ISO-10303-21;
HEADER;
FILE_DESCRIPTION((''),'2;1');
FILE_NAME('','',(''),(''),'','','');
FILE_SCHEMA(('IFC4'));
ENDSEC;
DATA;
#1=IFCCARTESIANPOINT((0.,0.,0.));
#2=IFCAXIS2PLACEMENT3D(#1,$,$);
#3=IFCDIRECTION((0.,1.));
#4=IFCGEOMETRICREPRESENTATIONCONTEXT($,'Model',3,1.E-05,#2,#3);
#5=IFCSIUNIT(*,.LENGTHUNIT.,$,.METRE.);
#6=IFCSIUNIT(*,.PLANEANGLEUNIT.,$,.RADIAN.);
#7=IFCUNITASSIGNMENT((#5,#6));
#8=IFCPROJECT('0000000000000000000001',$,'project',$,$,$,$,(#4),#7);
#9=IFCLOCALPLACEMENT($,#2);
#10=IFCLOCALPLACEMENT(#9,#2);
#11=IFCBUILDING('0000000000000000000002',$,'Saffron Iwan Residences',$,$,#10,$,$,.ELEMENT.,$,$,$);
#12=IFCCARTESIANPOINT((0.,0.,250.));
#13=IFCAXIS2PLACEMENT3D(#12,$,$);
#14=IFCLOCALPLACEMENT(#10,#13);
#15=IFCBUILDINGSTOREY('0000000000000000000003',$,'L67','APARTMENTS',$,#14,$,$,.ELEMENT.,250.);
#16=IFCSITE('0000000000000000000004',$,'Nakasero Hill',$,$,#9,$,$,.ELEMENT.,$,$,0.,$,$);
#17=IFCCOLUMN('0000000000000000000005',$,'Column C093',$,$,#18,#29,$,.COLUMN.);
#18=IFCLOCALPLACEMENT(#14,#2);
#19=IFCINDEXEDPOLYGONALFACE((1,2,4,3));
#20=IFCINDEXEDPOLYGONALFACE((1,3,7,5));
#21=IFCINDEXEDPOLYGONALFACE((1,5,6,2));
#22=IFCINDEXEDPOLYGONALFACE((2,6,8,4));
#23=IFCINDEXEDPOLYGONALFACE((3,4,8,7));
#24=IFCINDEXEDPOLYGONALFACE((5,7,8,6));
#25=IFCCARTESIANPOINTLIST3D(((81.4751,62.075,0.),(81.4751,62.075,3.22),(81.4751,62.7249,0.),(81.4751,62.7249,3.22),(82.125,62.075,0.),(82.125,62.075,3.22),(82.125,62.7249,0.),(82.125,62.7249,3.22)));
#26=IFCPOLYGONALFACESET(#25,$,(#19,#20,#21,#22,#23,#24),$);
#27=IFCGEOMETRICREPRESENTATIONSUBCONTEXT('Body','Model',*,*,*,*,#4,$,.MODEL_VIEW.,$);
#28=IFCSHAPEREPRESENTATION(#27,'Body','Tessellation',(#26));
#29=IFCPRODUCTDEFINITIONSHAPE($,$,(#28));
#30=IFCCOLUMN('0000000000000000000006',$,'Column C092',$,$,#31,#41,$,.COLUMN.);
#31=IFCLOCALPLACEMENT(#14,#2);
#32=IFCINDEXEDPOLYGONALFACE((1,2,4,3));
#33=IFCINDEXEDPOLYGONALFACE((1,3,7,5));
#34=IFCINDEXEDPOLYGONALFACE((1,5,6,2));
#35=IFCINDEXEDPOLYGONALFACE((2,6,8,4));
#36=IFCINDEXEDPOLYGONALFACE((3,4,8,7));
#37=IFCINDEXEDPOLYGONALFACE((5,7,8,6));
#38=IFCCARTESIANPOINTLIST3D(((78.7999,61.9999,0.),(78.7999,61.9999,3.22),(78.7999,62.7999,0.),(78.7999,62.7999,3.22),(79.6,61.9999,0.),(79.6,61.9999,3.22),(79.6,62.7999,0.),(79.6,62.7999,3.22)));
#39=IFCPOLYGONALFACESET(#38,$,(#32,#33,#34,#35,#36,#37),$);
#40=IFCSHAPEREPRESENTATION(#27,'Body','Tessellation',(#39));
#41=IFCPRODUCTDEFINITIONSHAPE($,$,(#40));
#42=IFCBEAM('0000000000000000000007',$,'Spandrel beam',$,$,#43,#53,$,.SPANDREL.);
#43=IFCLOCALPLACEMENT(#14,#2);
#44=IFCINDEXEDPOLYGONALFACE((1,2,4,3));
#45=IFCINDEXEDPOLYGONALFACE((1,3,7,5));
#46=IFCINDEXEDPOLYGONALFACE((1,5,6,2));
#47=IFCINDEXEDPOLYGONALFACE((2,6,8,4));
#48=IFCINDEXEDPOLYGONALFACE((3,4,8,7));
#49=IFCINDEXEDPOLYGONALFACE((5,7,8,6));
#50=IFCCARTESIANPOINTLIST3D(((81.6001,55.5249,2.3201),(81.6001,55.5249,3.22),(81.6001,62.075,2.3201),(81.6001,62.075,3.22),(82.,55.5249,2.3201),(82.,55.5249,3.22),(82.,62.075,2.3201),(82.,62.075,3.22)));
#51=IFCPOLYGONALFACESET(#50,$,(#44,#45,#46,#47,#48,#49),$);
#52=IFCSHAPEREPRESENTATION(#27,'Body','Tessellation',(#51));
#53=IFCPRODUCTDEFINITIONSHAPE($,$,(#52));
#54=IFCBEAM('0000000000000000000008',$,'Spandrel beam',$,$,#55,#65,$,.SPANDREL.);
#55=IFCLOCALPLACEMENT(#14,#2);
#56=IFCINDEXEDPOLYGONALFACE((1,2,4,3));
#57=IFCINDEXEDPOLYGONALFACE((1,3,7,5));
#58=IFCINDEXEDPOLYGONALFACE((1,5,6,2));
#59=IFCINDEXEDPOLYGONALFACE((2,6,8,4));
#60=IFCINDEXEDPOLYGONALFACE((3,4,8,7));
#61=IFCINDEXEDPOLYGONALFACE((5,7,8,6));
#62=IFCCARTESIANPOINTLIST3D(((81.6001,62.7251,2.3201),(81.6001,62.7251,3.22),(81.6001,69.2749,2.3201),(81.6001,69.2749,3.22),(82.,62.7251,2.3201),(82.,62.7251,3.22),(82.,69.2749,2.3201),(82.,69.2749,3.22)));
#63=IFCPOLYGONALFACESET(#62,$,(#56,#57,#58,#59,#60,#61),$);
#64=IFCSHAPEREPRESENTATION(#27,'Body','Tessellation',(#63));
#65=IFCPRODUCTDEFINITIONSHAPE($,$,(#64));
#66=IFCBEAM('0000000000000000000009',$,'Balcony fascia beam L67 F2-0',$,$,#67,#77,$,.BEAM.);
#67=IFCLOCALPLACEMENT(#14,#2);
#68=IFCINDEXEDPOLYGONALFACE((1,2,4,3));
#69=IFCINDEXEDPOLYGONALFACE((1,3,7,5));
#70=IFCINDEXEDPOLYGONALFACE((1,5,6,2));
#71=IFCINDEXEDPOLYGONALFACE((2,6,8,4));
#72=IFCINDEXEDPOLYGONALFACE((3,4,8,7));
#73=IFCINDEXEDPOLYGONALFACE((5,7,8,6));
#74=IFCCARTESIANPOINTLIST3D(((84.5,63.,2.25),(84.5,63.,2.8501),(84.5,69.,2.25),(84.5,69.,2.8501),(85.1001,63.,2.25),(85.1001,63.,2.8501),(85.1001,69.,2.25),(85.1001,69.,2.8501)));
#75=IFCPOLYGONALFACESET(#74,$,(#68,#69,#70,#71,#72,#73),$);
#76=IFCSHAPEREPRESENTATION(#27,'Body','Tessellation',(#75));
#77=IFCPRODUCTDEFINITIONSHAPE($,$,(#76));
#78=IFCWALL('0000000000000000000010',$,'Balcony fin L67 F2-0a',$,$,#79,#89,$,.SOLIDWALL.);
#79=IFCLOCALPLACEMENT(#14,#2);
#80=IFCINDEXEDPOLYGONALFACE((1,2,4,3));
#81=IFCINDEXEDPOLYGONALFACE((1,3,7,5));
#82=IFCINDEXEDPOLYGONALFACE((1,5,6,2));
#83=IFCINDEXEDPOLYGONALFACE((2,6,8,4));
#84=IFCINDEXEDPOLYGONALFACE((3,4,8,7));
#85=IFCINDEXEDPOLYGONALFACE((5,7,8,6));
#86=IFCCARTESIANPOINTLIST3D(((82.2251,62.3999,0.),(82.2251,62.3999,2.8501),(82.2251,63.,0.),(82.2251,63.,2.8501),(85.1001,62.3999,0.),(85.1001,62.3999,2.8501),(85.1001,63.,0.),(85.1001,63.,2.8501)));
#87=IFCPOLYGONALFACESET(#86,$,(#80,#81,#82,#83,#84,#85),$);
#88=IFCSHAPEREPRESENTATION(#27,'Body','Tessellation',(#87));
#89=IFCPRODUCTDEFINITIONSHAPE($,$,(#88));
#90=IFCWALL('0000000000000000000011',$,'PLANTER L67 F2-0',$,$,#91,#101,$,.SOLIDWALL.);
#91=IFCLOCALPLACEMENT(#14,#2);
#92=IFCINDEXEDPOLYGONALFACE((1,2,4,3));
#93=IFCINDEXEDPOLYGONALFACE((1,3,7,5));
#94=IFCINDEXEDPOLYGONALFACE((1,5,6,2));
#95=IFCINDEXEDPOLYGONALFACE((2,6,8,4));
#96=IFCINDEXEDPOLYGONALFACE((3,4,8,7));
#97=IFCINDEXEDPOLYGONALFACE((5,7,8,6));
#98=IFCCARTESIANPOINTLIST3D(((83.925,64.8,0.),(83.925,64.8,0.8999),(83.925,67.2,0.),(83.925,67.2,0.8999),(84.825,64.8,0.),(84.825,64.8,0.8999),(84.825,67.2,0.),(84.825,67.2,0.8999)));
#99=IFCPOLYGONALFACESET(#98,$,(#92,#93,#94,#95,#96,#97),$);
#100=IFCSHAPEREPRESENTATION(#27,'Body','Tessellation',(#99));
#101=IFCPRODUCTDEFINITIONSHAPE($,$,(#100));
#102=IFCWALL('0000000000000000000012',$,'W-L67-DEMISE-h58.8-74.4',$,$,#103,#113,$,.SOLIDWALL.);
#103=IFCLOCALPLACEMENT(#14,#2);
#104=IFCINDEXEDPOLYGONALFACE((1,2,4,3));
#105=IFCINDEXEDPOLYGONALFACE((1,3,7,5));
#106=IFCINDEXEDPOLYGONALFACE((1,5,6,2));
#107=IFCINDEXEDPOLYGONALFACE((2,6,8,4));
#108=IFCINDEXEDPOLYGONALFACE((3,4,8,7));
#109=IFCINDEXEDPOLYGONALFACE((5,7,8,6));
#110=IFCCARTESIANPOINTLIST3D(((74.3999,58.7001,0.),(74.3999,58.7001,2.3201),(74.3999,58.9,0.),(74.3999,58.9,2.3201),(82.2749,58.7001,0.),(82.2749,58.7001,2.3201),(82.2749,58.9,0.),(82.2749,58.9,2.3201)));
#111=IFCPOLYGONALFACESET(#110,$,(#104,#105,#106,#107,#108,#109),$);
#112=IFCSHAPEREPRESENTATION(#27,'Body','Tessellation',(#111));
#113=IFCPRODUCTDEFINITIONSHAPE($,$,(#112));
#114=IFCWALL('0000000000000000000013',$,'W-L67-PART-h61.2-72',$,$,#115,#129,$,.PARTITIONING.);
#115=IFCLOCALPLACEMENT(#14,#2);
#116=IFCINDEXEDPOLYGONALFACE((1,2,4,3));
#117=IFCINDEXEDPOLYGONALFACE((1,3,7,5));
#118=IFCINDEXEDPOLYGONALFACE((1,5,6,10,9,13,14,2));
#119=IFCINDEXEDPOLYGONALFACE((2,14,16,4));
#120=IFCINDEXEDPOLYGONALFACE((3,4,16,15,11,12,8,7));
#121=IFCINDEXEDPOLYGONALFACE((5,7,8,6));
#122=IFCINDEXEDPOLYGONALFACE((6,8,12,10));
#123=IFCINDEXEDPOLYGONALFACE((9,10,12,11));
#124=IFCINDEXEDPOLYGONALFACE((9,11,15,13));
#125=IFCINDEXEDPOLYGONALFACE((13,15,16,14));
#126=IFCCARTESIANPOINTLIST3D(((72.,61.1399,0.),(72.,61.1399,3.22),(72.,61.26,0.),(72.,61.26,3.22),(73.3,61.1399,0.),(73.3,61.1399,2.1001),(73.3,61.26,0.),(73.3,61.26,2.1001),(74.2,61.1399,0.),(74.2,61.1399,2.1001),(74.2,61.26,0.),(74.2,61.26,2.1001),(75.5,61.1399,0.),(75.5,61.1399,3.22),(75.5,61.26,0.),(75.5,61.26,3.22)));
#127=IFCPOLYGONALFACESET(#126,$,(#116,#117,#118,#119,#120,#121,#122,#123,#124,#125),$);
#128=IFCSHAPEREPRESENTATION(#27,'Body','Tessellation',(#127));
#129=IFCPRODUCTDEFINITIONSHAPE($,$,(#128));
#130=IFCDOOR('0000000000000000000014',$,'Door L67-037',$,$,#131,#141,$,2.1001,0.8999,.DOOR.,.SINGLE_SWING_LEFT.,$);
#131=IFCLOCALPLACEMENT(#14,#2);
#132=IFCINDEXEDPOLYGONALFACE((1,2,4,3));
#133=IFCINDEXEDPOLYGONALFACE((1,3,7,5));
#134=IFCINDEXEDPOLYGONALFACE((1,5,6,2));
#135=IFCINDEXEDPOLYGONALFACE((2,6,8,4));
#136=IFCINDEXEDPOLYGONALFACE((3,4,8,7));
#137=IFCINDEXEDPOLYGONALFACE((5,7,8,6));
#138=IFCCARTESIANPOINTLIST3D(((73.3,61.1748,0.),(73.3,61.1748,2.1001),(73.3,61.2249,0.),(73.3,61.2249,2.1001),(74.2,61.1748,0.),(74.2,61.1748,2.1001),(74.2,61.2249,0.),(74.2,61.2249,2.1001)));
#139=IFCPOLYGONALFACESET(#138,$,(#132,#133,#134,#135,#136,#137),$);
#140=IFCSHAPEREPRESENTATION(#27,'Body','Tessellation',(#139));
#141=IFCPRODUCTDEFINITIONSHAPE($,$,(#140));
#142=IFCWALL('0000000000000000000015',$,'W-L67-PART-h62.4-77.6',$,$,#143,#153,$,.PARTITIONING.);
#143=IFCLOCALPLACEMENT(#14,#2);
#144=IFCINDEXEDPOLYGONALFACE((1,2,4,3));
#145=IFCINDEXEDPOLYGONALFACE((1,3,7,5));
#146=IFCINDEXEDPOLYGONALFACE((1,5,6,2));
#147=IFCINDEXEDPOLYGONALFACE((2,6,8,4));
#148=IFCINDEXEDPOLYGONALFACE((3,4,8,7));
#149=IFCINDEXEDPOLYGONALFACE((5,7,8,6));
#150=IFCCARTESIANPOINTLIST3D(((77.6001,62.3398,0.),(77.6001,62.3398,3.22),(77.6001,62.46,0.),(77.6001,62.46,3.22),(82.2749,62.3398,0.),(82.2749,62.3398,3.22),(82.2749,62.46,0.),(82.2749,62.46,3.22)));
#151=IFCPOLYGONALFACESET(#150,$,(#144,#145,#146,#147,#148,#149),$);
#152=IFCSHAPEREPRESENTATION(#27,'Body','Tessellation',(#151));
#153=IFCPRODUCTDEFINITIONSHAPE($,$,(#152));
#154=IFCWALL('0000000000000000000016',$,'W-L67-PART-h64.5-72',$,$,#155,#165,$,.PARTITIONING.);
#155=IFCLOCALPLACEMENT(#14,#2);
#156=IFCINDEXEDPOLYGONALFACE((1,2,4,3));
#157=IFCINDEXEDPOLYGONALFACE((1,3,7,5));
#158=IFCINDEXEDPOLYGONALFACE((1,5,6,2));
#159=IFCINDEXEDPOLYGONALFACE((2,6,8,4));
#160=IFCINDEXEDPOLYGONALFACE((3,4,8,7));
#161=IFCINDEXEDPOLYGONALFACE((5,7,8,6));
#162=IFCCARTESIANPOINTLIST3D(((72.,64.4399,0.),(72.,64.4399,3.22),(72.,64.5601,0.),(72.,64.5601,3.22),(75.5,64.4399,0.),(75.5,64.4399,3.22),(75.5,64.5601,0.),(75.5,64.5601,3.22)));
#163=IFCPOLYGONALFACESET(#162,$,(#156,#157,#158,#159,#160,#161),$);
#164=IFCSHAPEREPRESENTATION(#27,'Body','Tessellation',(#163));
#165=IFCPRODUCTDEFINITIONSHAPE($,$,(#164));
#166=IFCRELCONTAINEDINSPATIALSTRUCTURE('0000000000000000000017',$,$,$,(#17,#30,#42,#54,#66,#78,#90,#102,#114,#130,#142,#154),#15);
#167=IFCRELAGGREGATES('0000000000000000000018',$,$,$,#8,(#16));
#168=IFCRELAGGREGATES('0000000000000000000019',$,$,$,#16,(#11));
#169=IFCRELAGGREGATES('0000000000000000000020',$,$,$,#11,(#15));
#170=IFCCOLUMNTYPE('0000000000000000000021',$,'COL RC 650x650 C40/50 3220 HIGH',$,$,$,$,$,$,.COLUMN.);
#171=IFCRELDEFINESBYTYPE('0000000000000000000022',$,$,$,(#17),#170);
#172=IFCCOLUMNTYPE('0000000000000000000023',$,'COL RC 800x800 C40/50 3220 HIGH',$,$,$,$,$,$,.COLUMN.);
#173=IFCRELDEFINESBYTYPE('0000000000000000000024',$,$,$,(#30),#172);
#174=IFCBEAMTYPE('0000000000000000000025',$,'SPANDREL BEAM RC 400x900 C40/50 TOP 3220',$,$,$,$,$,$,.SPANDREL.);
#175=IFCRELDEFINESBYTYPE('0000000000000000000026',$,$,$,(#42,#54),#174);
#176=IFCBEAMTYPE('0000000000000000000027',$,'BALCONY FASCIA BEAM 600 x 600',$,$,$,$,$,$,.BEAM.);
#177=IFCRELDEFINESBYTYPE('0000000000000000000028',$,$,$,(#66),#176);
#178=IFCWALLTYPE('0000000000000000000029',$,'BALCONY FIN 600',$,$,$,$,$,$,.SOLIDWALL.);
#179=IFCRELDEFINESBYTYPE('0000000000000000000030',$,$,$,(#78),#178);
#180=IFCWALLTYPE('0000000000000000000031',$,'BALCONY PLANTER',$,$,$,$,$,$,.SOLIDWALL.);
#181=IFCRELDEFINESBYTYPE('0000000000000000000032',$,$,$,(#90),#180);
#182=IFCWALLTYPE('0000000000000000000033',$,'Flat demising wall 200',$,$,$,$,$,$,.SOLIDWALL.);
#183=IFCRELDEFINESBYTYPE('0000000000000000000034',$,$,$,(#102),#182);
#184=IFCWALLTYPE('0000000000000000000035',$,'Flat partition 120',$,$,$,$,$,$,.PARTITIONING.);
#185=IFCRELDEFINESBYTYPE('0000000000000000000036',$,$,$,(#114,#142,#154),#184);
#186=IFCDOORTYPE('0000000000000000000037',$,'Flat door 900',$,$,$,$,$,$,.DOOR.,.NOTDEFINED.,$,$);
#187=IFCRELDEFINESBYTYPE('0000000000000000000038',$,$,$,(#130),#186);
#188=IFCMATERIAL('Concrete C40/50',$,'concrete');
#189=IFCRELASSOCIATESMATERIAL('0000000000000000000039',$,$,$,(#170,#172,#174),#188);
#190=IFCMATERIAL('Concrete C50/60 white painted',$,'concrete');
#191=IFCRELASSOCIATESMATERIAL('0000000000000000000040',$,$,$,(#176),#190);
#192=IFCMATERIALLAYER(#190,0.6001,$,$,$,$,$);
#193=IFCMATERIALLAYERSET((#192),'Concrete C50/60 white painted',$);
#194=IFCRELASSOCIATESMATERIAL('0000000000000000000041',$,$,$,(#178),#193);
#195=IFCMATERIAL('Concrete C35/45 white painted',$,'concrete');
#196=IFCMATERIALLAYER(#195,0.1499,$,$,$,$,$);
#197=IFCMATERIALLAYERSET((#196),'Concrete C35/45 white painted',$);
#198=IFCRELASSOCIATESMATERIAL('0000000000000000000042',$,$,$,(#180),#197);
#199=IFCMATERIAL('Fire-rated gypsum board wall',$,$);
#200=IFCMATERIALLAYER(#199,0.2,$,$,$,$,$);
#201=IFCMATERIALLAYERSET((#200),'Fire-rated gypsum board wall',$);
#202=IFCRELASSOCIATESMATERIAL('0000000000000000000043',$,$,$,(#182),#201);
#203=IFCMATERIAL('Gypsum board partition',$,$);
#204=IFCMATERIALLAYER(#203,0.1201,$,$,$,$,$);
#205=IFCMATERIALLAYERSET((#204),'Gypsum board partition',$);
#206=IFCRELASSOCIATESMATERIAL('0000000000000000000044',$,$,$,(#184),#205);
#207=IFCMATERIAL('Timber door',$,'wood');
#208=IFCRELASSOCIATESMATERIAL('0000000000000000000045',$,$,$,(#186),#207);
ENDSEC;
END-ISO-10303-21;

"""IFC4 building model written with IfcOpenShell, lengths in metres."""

from ifc_helpers import new_model, si_unit, direction, frame, frame_2d, origin, origin_2d, place, context, subcontext, project, spatial, rectangle, extrude, source, transform, mapped, material, layer, layer_set, material_profile, profile_set, type_object, element, fill, save


model = new_model("IFC4")

# Units and contexts
model_context = context("Model", 3, precision=1e-05, world=origin(), true_north=direction((0.0, 1.0)))
body_context = subcontext(model_context, "Body", "Model", "MODEL_VIEW")
ifc_project = project(units=[si_unit("LENGTHUNIT", "METRE"), si_unit("PLANEANGLEUNIT", "RADIAN")], contexts=[model_context])

# Site, building, storey
site_placement = place(None, origin())
site = spatial("IfcSite", under=ifc_project, at=site_placement, Name="Nakasero Hill", CompositionType="ELEMENT", RefElevation=0.0)
building_placement = place(site_placement, origin())
building = spatial("IfcBuilding", under=site, at=building_placement, Name="Saffron Iwan Residences", CompositionType="ELEMENT")
storey_placement = place(building_placement, frame((0.0, 0.0, 250.0)))
storey = spatial("IfcBuildingStorey", under=building, at=storey_placement, Name="L67", Description="APARTMENTS", CompositionType="ELEMENT", Elevation=250.0)

# Columns
ifc_material_1 = material(Name="Concrete C40/50", Category="concrete")
ifc_material_profile_1 = material_profile(ifc_material_1, rectangle(XDim=0.6499, YDim=0.6499, at=origin_2d()), Name="RC 650x650")
ifc_profile_set_1 = profile_set([ifc_material_profile_1], Name="Concrete C40/50")
column_type_1 = type_object("IfcColumnType", Name="COL RC 650x650 C40/50 3220 HIGH", PredefinedType="COLUMN", material=ifc_profile_set_1)
shared_shape_1 = source(origin(), body_context, "Body", "SweptSolid", [
    extrude(rectangle(XDim=0.6499, YDim=0.6499, at=origin_2d()), origin(), (0.0, 0.0, 1.0), 3.22),
])
column_1_placement = place(storey_placement, frame((81.8, 62.3999, 0.0), z_axis=(0.0, 0.0, 1.0), x_axis=(1.0, 0.0, 0.0)))
element("IfcColumn", 1, at=column_1_placement, inside=storey, type_object=column_type_1, Name="Column C093", PredefinedType="COLUMN", context=body_context, shape_type="MappedRepresentation", body=[
    mapped(shared_shape_1, transform((0.0, 0.0, 0.0))),
])
ifc_material_profile_2 = material_profile(ifc_material_1, rectangle(XDim=0.8, YDim=0.8, at=origin_2d()), Name="RC 800x800")
ifc_profile_set_2 = profile_set([ifc_material_profile_2], Name="Concrete C40/50")
column_type_2 = type_object("IfcColumnType", Name="COL RC 800x800 C40/50 3220 HIGH", PredefinedType="COLUMN", material=ifc_profile_set_2)
shared_shape_2 = source(origin(), body_context, "Body", "SweptSolid", [
    extrude(rectangle(XDim=0.8, YDim=0.8, at=origin_2d()), origin(), (0.0, 0.0, 1.0), 3.22),
])
column_2_placement = place(storey_placement, frame((79.2, 62.3999, 0.0), z_axis=(0.0, 0.0, 1.0), x_axis=(1.0, 0.0, 0.0)))
element("IfcColumn", 2, at=column_2_placement, inside=storey, type_object=column_type_2, Name="Column C092", PredefinedType="COLUMN", context=body_context, shape_type="MappedRepresentation", body=[
    mapped(shared_shape_2, transform((0.0, 0.0, 0.0))),
])

# Beams
ifc_material_profile_3 = material_profile(ifc_material_1, rectangle(XDim=0.3999, YDim=0.8999, at=origin_2d()), Name="RC 400x900")
ifc_profile_set_3 = profile_set([ifc_material_profile_3], Name="Concrete C40/50")
beam_type_1 = type_object("IfcBeamType", Name="SPANDREL BEAM RC 400x900 C40/50 TOP 3220", PredefinedType="SPANDREL", material=ifc_profile_set_3)
shared_shape_3 = source(origin(), body_context, "Body", "SweptSolid", [
    extrude(rectangle(XDim=0.3999, YDim=0.8999, at=origin_2d()), origin(), (0.0, 0.0, 1.0), 6.55),
])
beam_1_placement = place(storey_placement, frame((81.8, 62.075, 2.77), z_axis=(0.0, -1.0, 0.0), x_axis=(1.0, 0.0, 0.0)))
element("IfcBeam", 3, at=beam_1_placement, inside=storey, type_object=beam_type_1, Name="Spandrel beam", PredefinedType="SPANDREL", context=body_context, shape_type="MappedRepresentation", body=[
    mapped(shared_shape_3, transform((0.0, 0.0, 0.0))),
])
shared_shape_4 = source(origin(), body_context, "Body", "SweptSolid", [
    extrude(rectangle(XDim=0.3999, YDim=0.8999, at=origin_2d()), origin(), (0.0, 0.0, 1.0), 6.5498),
])
beam_2_placement = place(storey_placement, frame((81.8, 69.2749, 2.77), z_axis=(0.0, -1.0, 0.0), x_axis=(1.0, 0.0, 0.0)))
element("IfcBeam", 4, at=beam_2_placement, inside=storey, type_object=beam_type_1, Name="Spandrel beam", PredefinedType="SPANDREL", context=body_context, shape_type="MappedRepresentation", body=[
    mapped(shared_shape_4, transform((0.0, 0.0, 0.0))),
])
ifc_material_2 = material(Name="Concrete C50/60 white painted", Category="concrete")
ifc_material_profile_4 = material_profile(ifc_material_2, rectangle(XDim=0.6001, YDim=0.6001, at=origin_2d()), Name="BALCONY FASCIA BEAM 600 x 600")
ifc_profile_set_4 = profile_set([ifc_material_profile_4], Name="Concrete C50/60 white painted")
beam_type_2 = type_object("IfcBeamType", Name="BALCONY FASCIA BEAM 600 x 600", PredefinedType="BEAM", material=ifc_profile_set_4)
shared_shape_5 = source(origin(), body_context, "Body", "SweptSolid", [
    extrude(rectangle(XDim=0.6001, YDim=0.6001, at=origin_2d()), origin(), (0.0, 0.0, 1.0), 6.0),
])
beam_3_placement = place(storey_placement, frame((84.8, 63.0, 2.55), z_axis=(0.0, 1.0, 0.0), x_axis=(-1.0, 0.0, 0.0)))
element("IfcBeam", 5, at=beam_3_placement, inside=storey, type_object=beam_type_2, Name="Balcony fascia beam L67 F2-0", PredefinedType="BEAM", context=body_context, shape_type="MappedRepresentation", body=[
    mapped(shared_shape_5, transform((0.0, 0.0, 0.0))),
])

# Walls
ifc_layer_1 = layer(ifc_material_2, 0.6001)
ifc_layer_set_1 = layer_set([ifc_layer_1], Name="Concrete C50/60 white painted")
wall_type_1 = type_object("IfcWallType", Name="BALCONY FIN 600", PredefinedType="SOLIDWALL", material=ifc_layer_set_1)
wall_1_placement = place(storey_placement, frame((82.2251, 62.7, 0.0), z_axis=(0.0, 0.0, 1.0), x_axis=(1.0, 0.0, 0.0)))
element("IfcWall", 6, at=wall_1_placement, inside=storey, type_object=wall_type_1, Name="Balcony fin L67 F2-0a", PredefinedType="SOLIDWALL", context=body_context, shape_type="SweptSolid", body=[
    extrude(rectangle(XDim=2.875, YDim=0.6001, at=frame_2d((1.4375, 0.0))), origin(), (0.0, 0.0, 1.0), 2.8501),
])
ifc_material_3 = material(Name="Concrete C35/45 white painted", Category="concrete")
ifc_layer_2 = layer(ifc_material_3, 0.1499)
ifc_layer_set_2 = layer_set([ifc_layer_2], Name="Concrete C35/45 white painted")
wall_type_2 = type_object("IfcWallType", Name="BALCONY PLANTER", PredefinedType="SOLIDWALL", material=ifc_layer_set_2)
wall_2_placement = place(storey_placement, frame((84.375, 64.8, 0.0), z_axis=(0.0, 0.0, 1.0), x_axis=(0.0, 1.0, 0.0)))
element("IfcWall", 7, at=wall_2_placement, inside=storey, type_object=wall_type_2, Name="PLANTER L67 F2-0", PredefinedType="SOLIDWALL", context=body_context, shape_type="SweptSolid", body=[
    extrude(rectangle(XDim=2.3999, YDim=0.8999, at=frame_2d((1.2, 0.0))), origin(), (0.0, 0.0, 1.0), 0.8999),
])

# Wall
ifc_material_4 = material(Name="Fire-rated gypsum board wall")
ifc_layer_3 = layer(ifc_material_4, 0.2)
ifc_layer_set_3 = layer_set([ifc_layer_3], Name="Fire-rated gypsum board wall")
wall_type_3 = type_object("IfcWallType", Name="Flat demising wall 200", PredefinedType="SOLIDWALL", material=ifc_layer_set_3)
wall_3_placement = place(storey_placement, frame((74.3999, 58.8, 0.0), z_axis=(0.0, 0.0, 1.0), x_axis=(1.0, 0.0, 0.0)))
element("IfcWall", 8, at=wall_3_placement, inside=storey, type_object=wall_type_3, Name="W-L67-DEMISE-h58.8-74.4", PredefinedType="SOLIDWALL", context=body_context, shape_type="SweptSolid", body=[
    extrude(rectangle(XDim=7.875, YDim=0.2, at=frame_2d((3.9375, 0.0))), origin(), (0.0, 0.0, 1.0), 2.3201),
])

# Wall, opening, door
ifc_material_5 = material(Name="Gypsum board partition")
ifc_layer_4 = layer(ifc_material_5, 0.1201)
ifc_layer_set_4 = layer_set([ifc_layer_4], Name="Gypsum board partition")
wall_type_4 = type_object("IfcWallType", Name="Flat partition 120", PredefinedType="PARTITIONING", material=ifc_layer_set_4)
wall_4_placement = place(storey_placement, frame((72.0, 61.2, 0.0), z_axis=(0.0, 0.0, 1.0), x_axis=(1.0, 0.0, 0.0)))
wall_4 = element("IfcWall", 9, at=wall_4_placement, inside=storey, type_object=wall_type_4, Name="W-L67-PART-h61.2-72", PredefinedType="PARTITIONING", context=body_context, shape_type="SweptSolid", body=[
    extrude(rectangle(XDim=3.5, YDim=0.1201, at=frame_2d((1.75, 0.0))), origin(), (0.0, 0.0, 1.0), 3.22),
])
opening_1_placement = place(wall_4_placement, frame((1.3, 0.0, 0.0)))
opening_1 = element("IfcOpeningElement", 10, at=opening_1_placement, cuts=wall_4, PredefinedType="OPENING", context=body_context, shape_type="SweptSolid", body=[
    extrude(rectangle(XDim=0.8999, YDim=2.1001, at=frame_2d((0.45, 1.05))), frame((0.0, 0.0701, 0.0), z_axis=(0.0, -1.0, 0.0), x_axis=(1.0, 0.0, 0.0)), (0.0, 0.0, 1.0), 0.1401),
])
ifc_material_6 = material(Name="Timber door", Category="wood")
door_type_1 = type_object("IfcDoorType", Name="Flat door 900", OperationType="NOTDEFINED", PredefinedType="DOOR", material=ifc_material_6)
door_1_placement = place(opening_1_placement, origin())
door_1 = element("IfcDoor", 11, at=door_1_placement, inside=storey, type_object=door_type_1, Name="Door L67-037", OperationType="SINGLE_SWING_LEFT", OverallHeight=2.1001, OverallWidth=0.8999, PredefinedType="DOOR", context=body_context, shape_type="SweptSolid", body=[
    extrude(rectangle(XDim=0.8999, YDim=2.1001, at=frame_2d((0.45, 1.05))), frame((0.0, 0.0249, 0.0), z_axis=(0.0, -1.0, 0.0), x_axis=(1.0, 0.0, 0.0)), (0.0, 0.0, 1.0), 0.05),
])
fill(opening_1, door_1)

# Walls
wall_5_placement = place(storey_placement, frame((77.6001, 62.3999, 0.0), z_axis=(0.0, 0.0, 1.0), x_axis=(1.0, 0.0, 0.0)))
element("IfcWall", 12, at=wall_5_placement, inside=storey, type_object=wall_type_4, Name="W-L67-PART-h62.4-77.6", PredefinedType="PARTITIONING", context=body_context, shape_type="SweptSolid", body=[
    extrude(rectangle(XDim=4.6748, YDim=0.1201, at=frame_2d((2.3374, 0.0))), origin(), (0.0, 0.0, 1.0), 3.22),
])
wall_6_placement = place(storey_placement, frame((72.0, 64.5, 0.0), z_axis=(0.0, 0.0, 1.0), x_axis=(1.0, 0.0, 0.0)))
element("IfcWall", 13, at=wall_6_placement, inside=storey, type_object=wall_type_4, Name="W-L67-PART-h64.5-72", PredefinedType="PARTITIONING", context=body_context, shape_type="SweptSolid", body=[
    extrude(rectangle(XDim=3.5, YDim=0.1201, at=frame_2d((1.75, 0.0))), origin(), (0.0, 0.0, 1.0), 3.22),
])

save(model, "model.ifc")
